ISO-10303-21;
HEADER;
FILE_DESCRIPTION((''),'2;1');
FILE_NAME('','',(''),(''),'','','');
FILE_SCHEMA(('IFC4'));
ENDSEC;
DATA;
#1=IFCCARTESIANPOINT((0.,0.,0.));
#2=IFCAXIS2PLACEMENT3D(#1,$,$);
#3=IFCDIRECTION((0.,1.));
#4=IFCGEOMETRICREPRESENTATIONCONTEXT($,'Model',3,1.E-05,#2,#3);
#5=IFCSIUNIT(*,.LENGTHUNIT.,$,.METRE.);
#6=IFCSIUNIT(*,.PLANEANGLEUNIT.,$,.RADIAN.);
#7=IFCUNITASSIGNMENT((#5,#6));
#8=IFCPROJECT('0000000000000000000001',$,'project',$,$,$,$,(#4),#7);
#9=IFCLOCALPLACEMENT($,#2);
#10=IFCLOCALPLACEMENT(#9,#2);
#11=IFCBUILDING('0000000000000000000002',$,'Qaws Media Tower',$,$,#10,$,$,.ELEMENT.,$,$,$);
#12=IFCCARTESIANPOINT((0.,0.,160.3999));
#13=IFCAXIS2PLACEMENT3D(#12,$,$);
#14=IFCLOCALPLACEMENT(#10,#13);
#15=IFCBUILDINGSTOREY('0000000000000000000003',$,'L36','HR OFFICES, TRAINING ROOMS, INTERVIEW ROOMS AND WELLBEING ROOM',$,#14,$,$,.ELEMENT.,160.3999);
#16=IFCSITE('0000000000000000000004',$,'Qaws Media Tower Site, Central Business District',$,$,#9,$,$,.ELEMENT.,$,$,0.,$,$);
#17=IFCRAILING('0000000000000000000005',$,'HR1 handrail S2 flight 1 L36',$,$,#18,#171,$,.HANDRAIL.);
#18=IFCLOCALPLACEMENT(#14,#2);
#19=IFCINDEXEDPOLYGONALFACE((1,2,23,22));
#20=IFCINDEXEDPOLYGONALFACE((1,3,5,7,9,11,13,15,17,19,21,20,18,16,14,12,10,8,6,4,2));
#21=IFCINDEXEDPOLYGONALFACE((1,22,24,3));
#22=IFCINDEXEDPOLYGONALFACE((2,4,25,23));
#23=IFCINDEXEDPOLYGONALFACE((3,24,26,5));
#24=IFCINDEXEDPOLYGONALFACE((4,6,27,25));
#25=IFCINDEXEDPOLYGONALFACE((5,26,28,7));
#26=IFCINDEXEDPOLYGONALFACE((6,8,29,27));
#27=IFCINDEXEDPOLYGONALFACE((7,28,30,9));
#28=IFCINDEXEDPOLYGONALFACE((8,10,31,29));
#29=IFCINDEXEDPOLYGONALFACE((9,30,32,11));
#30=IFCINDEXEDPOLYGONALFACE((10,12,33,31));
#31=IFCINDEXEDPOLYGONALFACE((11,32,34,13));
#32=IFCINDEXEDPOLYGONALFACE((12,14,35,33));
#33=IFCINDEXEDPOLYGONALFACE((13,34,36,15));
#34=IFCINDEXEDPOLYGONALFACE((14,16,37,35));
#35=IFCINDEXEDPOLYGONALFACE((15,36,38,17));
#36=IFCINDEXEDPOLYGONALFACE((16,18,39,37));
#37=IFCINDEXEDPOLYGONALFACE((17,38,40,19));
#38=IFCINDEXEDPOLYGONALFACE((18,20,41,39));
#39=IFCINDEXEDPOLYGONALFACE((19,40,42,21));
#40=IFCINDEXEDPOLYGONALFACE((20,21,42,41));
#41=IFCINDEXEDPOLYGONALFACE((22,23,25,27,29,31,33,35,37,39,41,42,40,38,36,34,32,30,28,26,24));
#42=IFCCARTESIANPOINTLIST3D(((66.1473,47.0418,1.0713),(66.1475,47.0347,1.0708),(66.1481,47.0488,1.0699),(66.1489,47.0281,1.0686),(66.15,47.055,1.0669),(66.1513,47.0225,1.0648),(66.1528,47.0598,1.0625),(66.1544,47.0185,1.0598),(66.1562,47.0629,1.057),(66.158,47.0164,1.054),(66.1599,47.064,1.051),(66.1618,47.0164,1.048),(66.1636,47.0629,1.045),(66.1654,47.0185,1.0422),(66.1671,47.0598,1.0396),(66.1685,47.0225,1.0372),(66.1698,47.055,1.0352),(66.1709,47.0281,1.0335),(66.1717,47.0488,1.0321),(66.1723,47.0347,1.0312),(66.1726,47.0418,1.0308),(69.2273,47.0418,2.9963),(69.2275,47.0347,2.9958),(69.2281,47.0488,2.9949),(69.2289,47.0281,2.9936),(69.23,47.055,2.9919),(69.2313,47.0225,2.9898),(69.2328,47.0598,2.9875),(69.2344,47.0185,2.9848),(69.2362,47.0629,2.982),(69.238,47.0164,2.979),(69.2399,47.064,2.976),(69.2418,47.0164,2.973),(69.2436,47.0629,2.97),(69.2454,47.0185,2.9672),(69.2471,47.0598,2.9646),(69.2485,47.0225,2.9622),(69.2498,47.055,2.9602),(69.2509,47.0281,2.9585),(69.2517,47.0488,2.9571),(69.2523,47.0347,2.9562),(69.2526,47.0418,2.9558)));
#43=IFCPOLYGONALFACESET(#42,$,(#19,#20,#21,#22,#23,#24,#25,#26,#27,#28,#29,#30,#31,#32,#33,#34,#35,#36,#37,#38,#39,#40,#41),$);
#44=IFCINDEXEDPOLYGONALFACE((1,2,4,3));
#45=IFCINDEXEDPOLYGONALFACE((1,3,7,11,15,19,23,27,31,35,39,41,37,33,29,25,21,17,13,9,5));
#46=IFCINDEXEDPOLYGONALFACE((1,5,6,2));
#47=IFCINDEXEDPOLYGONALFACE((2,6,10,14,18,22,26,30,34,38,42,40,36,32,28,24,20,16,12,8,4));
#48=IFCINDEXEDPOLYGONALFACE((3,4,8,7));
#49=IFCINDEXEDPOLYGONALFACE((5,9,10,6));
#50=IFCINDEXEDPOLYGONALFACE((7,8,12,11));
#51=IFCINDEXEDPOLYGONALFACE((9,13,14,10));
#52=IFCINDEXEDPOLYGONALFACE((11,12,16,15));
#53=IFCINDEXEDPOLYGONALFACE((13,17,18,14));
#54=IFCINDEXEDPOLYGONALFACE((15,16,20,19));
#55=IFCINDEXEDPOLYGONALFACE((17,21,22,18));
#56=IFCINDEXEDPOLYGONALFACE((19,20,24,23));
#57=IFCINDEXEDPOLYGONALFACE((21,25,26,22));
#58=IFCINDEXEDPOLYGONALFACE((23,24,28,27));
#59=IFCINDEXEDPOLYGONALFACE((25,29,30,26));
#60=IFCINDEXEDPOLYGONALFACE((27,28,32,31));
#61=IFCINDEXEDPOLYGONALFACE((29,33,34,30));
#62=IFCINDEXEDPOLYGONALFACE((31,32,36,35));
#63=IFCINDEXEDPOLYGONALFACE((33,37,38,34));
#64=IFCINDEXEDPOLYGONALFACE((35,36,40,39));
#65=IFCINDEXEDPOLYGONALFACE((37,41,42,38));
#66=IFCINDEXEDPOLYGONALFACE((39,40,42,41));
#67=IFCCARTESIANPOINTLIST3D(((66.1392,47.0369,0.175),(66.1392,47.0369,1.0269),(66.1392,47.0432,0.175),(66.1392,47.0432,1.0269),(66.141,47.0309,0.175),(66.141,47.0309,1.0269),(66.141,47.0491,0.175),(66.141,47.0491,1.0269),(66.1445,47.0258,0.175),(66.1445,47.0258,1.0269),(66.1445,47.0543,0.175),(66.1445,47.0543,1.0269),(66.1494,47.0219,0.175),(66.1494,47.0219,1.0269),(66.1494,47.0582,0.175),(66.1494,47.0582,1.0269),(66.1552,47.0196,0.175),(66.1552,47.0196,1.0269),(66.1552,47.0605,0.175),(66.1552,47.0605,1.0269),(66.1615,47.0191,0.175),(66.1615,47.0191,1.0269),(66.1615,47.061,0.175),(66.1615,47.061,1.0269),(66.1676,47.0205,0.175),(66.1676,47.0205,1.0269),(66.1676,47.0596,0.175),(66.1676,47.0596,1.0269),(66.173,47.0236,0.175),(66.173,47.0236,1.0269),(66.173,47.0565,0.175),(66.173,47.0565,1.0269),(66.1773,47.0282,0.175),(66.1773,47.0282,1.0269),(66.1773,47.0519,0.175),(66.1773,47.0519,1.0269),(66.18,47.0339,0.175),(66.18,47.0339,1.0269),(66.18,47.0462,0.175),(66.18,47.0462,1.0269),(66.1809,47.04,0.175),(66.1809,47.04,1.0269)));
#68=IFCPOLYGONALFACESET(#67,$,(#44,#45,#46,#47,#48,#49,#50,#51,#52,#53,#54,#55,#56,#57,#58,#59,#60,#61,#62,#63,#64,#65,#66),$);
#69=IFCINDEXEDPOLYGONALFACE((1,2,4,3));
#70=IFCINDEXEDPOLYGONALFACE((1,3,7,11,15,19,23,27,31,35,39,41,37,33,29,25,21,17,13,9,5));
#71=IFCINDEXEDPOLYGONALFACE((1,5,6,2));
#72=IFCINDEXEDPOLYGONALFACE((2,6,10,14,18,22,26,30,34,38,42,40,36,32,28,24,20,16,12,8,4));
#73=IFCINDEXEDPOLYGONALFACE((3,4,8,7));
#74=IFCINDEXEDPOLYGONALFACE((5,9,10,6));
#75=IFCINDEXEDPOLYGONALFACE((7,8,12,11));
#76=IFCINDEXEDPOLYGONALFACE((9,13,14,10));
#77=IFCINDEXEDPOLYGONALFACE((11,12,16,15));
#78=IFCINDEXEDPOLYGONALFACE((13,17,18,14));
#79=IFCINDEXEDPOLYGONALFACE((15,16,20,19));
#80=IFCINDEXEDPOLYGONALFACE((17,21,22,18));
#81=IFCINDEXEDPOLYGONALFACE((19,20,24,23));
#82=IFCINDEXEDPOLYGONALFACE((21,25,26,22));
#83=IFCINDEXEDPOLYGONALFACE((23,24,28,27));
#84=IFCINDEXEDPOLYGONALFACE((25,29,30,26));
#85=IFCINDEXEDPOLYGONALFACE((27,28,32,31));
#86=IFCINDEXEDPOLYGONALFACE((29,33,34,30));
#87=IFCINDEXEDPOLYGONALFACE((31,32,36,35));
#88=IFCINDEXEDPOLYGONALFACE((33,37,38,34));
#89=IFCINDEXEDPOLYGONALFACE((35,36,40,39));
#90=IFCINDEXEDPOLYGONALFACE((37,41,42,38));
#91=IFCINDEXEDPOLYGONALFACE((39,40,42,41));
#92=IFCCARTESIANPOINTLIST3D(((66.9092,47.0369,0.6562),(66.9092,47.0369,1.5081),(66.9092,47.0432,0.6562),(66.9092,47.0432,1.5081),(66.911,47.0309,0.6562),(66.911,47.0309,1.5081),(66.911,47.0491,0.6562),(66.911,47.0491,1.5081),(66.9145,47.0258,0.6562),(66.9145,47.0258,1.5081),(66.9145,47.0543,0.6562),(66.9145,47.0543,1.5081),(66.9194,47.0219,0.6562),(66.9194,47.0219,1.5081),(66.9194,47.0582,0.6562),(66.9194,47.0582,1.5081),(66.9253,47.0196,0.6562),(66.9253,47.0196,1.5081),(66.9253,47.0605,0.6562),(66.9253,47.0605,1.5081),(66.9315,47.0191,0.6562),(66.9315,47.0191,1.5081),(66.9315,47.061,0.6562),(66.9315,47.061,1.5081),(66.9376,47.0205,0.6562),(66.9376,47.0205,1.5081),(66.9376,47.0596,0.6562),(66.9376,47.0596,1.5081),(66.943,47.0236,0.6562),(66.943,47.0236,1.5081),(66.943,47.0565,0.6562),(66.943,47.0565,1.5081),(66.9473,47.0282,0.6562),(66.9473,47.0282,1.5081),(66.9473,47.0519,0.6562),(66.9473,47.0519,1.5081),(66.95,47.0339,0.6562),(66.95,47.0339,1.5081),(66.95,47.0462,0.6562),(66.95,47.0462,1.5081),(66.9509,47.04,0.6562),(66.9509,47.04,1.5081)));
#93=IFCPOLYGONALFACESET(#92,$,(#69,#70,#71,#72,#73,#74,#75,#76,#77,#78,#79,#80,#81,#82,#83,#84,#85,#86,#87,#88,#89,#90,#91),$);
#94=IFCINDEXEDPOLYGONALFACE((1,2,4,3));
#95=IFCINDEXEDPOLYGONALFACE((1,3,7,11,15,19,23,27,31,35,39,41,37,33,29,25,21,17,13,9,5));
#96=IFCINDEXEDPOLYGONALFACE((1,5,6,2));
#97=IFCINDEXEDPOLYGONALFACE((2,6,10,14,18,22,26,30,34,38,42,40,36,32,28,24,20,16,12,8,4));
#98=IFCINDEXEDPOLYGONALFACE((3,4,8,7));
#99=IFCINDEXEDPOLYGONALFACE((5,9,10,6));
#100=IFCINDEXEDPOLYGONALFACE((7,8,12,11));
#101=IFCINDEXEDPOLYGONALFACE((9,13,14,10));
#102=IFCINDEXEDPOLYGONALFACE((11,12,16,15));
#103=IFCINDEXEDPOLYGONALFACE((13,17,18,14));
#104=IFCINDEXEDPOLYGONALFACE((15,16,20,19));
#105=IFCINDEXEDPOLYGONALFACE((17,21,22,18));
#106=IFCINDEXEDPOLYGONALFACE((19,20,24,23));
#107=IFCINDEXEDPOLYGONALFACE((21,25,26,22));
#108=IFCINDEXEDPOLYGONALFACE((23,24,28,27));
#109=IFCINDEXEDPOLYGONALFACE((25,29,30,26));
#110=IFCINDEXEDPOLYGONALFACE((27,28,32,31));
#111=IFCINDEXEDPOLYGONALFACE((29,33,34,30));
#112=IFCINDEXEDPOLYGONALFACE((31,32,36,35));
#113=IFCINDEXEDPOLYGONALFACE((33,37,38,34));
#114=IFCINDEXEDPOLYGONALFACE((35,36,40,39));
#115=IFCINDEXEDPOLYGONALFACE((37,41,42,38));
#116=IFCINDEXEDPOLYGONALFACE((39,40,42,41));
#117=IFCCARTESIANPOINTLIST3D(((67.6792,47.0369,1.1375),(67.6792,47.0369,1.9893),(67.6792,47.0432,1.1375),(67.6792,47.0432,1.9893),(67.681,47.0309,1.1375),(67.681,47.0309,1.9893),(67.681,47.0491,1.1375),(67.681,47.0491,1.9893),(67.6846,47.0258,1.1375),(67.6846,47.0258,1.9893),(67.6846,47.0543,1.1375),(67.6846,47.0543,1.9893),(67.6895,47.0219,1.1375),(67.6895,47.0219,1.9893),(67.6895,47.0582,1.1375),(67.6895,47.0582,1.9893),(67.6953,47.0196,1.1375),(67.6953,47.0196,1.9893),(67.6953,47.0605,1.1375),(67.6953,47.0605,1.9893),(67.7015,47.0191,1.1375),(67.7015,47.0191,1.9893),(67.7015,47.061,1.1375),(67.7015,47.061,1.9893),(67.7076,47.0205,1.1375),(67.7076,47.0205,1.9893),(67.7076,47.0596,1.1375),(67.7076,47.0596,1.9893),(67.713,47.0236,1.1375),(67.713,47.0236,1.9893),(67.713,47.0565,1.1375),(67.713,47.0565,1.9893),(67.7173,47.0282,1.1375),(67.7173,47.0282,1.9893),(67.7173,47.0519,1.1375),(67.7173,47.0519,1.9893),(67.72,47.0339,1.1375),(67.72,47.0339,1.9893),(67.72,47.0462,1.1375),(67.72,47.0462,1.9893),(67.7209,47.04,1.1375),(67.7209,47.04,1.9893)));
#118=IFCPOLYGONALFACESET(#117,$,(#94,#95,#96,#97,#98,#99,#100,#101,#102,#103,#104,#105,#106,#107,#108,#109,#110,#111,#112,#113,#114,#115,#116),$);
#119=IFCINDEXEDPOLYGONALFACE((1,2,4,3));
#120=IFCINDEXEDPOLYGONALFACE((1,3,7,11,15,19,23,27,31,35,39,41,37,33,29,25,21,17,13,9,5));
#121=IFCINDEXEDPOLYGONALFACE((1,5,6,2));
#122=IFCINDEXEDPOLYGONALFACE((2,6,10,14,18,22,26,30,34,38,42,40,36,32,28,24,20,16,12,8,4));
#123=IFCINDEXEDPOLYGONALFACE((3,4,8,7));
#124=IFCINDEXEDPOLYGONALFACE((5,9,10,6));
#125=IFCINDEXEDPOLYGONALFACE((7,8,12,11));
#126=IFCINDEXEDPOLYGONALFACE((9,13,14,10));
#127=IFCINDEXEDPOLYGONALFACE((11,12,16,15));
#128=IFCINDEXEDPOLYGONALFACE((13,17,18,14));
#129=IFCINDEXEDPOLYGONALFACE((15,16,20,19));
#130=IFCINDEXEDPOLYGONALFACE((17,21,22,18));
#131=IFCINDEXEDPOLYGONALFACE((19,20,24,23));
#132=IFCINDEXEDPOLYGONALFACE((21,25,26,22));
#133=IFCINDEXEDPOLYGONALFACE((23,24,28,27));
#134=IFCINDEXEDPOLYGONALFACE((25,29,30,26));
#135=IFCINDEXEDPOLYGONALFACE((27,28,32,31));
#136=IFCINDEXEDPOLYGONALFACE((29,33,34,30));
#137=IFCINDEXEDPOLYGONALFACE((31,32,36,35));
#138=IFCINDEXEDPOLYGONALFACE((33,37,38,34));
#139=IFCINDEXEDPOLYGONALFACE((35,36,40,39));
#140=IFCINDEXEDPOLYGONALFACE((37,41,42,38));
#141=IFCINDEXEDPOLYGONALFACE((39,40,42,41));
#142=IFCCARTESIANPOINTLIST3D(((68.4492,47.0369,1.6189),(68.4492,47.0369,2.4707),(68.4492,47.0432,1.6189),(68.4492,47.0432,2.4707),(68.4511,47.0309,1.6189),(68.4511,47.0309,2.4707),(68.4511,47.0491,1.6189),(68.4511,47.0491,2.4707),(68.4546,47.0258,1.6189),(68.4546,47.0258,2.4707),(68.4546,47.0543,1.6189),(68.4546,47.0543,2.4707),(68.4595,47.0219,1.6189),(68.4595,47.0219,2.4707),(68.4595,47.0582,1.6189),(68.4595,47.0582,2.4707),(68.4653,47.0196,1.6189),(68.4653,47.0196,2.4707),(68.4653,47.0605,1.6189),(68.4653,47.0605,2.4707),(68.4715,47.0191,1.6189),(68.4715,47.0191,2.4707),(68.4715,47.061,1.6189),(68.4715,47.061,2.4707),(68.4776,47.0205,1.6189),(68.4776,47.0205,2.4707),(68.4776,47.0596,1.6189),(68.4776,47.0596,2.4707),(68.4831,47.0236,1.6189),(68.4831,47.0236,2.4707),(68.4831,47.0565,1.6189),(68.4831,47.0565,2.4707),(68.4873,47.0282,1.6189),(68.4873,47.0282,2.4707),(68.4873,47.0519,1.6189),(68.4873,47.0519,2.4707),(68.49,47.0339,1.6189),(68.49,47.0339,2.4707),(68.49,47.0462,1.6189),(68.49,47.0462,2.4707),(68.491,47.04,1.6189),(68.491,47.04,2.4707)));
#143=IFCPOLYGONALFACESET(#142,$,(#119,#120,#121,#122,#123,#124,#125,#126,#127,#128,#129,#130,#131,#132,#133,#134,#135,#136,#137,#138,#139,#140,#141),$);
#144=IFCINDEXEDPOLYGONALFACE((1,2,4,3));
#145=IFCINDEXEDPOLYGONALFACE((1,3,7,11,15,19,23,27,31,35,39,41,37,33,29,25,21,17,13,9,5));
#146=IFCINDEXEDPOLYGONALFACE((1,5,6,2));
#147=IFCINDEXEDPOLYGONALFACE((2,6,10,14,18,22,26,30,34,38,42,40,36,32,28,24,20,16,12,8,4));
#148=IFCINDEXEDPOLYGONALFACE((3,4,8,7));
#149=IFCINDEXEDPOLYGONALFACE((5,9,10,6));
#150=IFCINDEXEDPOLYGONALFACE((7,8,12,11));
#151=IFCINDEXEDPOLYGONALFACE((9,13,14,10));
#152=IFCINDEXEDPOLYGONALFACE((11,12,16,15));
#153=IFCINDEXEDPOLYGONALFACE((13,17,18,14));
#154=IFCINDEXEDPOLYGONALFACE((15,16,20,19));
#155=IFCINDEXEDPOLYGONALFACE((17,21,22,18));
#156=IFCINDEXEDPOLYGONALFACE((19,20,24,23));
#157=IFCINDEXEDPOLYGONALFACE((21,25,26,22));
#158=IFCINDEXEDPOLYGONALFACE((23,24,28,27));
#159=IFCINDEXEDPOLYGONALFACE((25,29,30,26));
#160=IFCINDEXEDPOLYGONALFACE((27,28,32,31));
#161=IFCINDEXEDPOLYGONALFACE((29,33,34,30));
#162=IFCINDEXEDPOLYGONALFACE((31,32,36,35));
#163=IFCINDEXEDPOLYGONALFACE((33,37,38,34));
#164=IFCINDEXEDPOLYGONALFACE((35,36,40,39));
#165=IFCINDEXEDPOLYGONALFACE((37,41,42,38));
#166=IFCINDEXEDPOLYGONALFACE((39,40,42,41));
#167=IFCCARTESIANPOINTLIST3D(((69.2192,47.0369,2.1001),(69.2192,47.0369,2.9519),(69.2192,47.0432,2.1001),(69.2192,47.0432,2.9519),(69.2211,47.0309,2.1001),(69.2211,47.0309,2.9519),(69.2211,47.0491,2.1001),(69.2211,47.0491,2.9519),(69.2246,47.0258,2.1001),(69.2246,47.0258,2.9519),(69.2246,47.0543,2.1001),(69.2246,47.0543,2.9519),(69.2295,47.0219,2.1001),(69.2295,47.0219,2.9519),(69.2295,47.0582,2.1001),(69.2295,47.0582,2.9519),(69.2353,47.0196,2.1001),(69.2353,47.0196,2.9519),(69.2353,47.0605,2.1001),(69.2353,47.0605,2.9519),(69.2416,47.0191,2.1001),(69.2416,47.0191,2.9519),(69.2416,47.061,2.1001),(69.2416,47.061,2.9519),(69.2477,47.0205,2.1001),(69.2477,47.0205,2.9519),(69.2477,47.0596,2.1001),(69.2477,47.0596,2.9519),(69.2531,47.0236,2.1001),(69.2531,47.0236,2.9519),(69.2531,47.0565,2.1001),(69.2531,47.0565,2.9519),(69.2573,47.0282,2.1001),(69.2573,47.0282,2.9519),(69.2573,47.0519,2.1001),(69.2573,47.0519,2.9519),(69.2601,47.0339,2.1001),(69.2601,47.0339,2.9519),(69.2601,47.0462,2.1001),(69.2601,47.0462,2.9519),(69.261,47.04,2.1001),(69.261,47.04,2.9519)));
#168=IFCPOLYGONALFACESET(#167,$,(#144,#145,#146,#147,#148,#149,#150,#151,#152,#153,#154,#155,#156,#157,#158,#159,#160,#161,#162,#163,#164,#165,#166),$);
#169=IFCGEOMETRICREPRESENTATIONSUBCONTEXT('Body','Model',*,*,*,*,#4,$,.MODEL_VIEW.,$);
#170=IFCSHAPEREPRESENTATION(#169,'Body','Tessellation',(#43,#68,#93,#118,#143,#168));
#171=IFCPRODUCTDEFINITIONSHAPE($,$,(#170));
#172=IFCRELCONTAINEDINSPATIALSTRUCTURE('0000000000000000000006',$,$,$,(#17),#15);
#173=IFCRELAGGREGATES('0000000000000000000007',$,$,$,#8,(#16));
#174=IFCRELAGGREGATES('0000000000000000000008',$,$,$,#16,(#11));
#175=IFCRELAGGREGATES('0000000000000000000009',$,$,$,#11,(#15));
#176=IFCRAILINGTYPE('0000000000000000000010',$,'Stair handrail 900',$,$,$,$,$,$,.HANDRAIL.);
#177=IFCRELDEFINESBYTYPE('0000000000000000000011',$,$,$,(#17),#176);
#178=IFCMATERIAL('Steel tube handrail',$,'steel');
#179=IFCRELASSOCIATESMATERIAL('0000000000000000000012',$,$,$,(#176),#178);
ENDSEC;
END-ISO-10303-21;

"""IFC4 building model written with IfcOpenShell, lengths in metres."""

from ifc_helpers import new_model, si_unit, direction, frame, origin, origin_2d, place, context, subcontext, project, spatial, circle, extrude, material, type_object, element, save


model = new_model("IFC4")

# Units and contexts
model_context = context("Model", 3, precision=1e-05, world=origin(), true_north=direction((0.0, 1.0)))
body_context = subcontext(model_context, "Body", "Model", "MODEL_VIEW")
ifc_project = project(units=[si_unit("LENGTHUNIT", "METRE"), si_unit("PLANEANGLEUNIT", "RADIAN")], contexts=[model_context])

# Site, building, storey
site_placement = place(None, origin())
site = spatial("IfcSite", under=ifc_project, at=site_placement, Name="Qaws Media Tower Site, Central Business District", CompositionType="ELEMENT", RefElevation=0.0)
building_placement = place(site_placement, origin())
building = spatial("IfcBuilding", under=site, at=building_placement, Name="Qaws Media Tower", CompositionType="ELEMENT")
storey_placement = place(building_placement, frame((0.0, 0.0, 160.3999)))
storey = spatial("IfcBuildingStorey", under=building, at=storey_placement, Name="L36", Description="HR OFFICES, TRAINING ROOMS, INTERVIEW ROOMS AND WELLBEING ROOM", CompositionType="ELEMENT", Elevation=160.3999)

# Railing
ifc_material_1 = material(Name="Steel tube handrail", Category="steel")
railing_type = type_object("IfcRailingType", Name="Stair handrail 900", PredefinedType="HANDRAIL", material=ifc_material_1)
for number, where, name in (
    (1, (66.1599, 47.04, 0.175), "HR1 handrail S2 flight 1 L36"),
):
    element("IfcRailing", number, at=place(storey_placement, frame(where)), inside=storey, type_object=railing_type, Name=name, PredefinedType="HANDRAIL", context=body_context, shape_type="SweptSolid", body=[
        extrude(circle(Radius=0.0239, at=origin_2d()), frame((0.0, 0.0, 0.876), z_axis=(0.847998, 0.0, 0.529999), x_axis=(0.0, 1.0, 0.0)), (0.0, 0.0, 1.0), 3.6321),
        extrude(circle(Radius=0.021, at=origin_2d()), origin(), (0.0, 0.0, 1.0), 0.8518),
        extrude(circle(Radius=0.021, at=origin_2d()), frame((0.77, 0.0, 0.4812)), (0.0, 0.0, 1.0), 0.8518),
        extrude(circle(Radius=0.021, at=origin_2d()), frame((1.54, 0.0, 0.9624)), (0.0, 0.0, 1.0), 0.8518),
        extrude(circle(Radius=0.021, at=origin_2d()), frame((2.3101, 0.0, 1.4438)), (0.0, 0.0, 1.0), 0.8518),
        extrude(circle(Radius=0.021, at=origin_2d()), frame((3.0801, 0.0, 1.925)), (0.0, 0.0, 1.0), 0.8518),
    ])

save(model, "model.ifc")
